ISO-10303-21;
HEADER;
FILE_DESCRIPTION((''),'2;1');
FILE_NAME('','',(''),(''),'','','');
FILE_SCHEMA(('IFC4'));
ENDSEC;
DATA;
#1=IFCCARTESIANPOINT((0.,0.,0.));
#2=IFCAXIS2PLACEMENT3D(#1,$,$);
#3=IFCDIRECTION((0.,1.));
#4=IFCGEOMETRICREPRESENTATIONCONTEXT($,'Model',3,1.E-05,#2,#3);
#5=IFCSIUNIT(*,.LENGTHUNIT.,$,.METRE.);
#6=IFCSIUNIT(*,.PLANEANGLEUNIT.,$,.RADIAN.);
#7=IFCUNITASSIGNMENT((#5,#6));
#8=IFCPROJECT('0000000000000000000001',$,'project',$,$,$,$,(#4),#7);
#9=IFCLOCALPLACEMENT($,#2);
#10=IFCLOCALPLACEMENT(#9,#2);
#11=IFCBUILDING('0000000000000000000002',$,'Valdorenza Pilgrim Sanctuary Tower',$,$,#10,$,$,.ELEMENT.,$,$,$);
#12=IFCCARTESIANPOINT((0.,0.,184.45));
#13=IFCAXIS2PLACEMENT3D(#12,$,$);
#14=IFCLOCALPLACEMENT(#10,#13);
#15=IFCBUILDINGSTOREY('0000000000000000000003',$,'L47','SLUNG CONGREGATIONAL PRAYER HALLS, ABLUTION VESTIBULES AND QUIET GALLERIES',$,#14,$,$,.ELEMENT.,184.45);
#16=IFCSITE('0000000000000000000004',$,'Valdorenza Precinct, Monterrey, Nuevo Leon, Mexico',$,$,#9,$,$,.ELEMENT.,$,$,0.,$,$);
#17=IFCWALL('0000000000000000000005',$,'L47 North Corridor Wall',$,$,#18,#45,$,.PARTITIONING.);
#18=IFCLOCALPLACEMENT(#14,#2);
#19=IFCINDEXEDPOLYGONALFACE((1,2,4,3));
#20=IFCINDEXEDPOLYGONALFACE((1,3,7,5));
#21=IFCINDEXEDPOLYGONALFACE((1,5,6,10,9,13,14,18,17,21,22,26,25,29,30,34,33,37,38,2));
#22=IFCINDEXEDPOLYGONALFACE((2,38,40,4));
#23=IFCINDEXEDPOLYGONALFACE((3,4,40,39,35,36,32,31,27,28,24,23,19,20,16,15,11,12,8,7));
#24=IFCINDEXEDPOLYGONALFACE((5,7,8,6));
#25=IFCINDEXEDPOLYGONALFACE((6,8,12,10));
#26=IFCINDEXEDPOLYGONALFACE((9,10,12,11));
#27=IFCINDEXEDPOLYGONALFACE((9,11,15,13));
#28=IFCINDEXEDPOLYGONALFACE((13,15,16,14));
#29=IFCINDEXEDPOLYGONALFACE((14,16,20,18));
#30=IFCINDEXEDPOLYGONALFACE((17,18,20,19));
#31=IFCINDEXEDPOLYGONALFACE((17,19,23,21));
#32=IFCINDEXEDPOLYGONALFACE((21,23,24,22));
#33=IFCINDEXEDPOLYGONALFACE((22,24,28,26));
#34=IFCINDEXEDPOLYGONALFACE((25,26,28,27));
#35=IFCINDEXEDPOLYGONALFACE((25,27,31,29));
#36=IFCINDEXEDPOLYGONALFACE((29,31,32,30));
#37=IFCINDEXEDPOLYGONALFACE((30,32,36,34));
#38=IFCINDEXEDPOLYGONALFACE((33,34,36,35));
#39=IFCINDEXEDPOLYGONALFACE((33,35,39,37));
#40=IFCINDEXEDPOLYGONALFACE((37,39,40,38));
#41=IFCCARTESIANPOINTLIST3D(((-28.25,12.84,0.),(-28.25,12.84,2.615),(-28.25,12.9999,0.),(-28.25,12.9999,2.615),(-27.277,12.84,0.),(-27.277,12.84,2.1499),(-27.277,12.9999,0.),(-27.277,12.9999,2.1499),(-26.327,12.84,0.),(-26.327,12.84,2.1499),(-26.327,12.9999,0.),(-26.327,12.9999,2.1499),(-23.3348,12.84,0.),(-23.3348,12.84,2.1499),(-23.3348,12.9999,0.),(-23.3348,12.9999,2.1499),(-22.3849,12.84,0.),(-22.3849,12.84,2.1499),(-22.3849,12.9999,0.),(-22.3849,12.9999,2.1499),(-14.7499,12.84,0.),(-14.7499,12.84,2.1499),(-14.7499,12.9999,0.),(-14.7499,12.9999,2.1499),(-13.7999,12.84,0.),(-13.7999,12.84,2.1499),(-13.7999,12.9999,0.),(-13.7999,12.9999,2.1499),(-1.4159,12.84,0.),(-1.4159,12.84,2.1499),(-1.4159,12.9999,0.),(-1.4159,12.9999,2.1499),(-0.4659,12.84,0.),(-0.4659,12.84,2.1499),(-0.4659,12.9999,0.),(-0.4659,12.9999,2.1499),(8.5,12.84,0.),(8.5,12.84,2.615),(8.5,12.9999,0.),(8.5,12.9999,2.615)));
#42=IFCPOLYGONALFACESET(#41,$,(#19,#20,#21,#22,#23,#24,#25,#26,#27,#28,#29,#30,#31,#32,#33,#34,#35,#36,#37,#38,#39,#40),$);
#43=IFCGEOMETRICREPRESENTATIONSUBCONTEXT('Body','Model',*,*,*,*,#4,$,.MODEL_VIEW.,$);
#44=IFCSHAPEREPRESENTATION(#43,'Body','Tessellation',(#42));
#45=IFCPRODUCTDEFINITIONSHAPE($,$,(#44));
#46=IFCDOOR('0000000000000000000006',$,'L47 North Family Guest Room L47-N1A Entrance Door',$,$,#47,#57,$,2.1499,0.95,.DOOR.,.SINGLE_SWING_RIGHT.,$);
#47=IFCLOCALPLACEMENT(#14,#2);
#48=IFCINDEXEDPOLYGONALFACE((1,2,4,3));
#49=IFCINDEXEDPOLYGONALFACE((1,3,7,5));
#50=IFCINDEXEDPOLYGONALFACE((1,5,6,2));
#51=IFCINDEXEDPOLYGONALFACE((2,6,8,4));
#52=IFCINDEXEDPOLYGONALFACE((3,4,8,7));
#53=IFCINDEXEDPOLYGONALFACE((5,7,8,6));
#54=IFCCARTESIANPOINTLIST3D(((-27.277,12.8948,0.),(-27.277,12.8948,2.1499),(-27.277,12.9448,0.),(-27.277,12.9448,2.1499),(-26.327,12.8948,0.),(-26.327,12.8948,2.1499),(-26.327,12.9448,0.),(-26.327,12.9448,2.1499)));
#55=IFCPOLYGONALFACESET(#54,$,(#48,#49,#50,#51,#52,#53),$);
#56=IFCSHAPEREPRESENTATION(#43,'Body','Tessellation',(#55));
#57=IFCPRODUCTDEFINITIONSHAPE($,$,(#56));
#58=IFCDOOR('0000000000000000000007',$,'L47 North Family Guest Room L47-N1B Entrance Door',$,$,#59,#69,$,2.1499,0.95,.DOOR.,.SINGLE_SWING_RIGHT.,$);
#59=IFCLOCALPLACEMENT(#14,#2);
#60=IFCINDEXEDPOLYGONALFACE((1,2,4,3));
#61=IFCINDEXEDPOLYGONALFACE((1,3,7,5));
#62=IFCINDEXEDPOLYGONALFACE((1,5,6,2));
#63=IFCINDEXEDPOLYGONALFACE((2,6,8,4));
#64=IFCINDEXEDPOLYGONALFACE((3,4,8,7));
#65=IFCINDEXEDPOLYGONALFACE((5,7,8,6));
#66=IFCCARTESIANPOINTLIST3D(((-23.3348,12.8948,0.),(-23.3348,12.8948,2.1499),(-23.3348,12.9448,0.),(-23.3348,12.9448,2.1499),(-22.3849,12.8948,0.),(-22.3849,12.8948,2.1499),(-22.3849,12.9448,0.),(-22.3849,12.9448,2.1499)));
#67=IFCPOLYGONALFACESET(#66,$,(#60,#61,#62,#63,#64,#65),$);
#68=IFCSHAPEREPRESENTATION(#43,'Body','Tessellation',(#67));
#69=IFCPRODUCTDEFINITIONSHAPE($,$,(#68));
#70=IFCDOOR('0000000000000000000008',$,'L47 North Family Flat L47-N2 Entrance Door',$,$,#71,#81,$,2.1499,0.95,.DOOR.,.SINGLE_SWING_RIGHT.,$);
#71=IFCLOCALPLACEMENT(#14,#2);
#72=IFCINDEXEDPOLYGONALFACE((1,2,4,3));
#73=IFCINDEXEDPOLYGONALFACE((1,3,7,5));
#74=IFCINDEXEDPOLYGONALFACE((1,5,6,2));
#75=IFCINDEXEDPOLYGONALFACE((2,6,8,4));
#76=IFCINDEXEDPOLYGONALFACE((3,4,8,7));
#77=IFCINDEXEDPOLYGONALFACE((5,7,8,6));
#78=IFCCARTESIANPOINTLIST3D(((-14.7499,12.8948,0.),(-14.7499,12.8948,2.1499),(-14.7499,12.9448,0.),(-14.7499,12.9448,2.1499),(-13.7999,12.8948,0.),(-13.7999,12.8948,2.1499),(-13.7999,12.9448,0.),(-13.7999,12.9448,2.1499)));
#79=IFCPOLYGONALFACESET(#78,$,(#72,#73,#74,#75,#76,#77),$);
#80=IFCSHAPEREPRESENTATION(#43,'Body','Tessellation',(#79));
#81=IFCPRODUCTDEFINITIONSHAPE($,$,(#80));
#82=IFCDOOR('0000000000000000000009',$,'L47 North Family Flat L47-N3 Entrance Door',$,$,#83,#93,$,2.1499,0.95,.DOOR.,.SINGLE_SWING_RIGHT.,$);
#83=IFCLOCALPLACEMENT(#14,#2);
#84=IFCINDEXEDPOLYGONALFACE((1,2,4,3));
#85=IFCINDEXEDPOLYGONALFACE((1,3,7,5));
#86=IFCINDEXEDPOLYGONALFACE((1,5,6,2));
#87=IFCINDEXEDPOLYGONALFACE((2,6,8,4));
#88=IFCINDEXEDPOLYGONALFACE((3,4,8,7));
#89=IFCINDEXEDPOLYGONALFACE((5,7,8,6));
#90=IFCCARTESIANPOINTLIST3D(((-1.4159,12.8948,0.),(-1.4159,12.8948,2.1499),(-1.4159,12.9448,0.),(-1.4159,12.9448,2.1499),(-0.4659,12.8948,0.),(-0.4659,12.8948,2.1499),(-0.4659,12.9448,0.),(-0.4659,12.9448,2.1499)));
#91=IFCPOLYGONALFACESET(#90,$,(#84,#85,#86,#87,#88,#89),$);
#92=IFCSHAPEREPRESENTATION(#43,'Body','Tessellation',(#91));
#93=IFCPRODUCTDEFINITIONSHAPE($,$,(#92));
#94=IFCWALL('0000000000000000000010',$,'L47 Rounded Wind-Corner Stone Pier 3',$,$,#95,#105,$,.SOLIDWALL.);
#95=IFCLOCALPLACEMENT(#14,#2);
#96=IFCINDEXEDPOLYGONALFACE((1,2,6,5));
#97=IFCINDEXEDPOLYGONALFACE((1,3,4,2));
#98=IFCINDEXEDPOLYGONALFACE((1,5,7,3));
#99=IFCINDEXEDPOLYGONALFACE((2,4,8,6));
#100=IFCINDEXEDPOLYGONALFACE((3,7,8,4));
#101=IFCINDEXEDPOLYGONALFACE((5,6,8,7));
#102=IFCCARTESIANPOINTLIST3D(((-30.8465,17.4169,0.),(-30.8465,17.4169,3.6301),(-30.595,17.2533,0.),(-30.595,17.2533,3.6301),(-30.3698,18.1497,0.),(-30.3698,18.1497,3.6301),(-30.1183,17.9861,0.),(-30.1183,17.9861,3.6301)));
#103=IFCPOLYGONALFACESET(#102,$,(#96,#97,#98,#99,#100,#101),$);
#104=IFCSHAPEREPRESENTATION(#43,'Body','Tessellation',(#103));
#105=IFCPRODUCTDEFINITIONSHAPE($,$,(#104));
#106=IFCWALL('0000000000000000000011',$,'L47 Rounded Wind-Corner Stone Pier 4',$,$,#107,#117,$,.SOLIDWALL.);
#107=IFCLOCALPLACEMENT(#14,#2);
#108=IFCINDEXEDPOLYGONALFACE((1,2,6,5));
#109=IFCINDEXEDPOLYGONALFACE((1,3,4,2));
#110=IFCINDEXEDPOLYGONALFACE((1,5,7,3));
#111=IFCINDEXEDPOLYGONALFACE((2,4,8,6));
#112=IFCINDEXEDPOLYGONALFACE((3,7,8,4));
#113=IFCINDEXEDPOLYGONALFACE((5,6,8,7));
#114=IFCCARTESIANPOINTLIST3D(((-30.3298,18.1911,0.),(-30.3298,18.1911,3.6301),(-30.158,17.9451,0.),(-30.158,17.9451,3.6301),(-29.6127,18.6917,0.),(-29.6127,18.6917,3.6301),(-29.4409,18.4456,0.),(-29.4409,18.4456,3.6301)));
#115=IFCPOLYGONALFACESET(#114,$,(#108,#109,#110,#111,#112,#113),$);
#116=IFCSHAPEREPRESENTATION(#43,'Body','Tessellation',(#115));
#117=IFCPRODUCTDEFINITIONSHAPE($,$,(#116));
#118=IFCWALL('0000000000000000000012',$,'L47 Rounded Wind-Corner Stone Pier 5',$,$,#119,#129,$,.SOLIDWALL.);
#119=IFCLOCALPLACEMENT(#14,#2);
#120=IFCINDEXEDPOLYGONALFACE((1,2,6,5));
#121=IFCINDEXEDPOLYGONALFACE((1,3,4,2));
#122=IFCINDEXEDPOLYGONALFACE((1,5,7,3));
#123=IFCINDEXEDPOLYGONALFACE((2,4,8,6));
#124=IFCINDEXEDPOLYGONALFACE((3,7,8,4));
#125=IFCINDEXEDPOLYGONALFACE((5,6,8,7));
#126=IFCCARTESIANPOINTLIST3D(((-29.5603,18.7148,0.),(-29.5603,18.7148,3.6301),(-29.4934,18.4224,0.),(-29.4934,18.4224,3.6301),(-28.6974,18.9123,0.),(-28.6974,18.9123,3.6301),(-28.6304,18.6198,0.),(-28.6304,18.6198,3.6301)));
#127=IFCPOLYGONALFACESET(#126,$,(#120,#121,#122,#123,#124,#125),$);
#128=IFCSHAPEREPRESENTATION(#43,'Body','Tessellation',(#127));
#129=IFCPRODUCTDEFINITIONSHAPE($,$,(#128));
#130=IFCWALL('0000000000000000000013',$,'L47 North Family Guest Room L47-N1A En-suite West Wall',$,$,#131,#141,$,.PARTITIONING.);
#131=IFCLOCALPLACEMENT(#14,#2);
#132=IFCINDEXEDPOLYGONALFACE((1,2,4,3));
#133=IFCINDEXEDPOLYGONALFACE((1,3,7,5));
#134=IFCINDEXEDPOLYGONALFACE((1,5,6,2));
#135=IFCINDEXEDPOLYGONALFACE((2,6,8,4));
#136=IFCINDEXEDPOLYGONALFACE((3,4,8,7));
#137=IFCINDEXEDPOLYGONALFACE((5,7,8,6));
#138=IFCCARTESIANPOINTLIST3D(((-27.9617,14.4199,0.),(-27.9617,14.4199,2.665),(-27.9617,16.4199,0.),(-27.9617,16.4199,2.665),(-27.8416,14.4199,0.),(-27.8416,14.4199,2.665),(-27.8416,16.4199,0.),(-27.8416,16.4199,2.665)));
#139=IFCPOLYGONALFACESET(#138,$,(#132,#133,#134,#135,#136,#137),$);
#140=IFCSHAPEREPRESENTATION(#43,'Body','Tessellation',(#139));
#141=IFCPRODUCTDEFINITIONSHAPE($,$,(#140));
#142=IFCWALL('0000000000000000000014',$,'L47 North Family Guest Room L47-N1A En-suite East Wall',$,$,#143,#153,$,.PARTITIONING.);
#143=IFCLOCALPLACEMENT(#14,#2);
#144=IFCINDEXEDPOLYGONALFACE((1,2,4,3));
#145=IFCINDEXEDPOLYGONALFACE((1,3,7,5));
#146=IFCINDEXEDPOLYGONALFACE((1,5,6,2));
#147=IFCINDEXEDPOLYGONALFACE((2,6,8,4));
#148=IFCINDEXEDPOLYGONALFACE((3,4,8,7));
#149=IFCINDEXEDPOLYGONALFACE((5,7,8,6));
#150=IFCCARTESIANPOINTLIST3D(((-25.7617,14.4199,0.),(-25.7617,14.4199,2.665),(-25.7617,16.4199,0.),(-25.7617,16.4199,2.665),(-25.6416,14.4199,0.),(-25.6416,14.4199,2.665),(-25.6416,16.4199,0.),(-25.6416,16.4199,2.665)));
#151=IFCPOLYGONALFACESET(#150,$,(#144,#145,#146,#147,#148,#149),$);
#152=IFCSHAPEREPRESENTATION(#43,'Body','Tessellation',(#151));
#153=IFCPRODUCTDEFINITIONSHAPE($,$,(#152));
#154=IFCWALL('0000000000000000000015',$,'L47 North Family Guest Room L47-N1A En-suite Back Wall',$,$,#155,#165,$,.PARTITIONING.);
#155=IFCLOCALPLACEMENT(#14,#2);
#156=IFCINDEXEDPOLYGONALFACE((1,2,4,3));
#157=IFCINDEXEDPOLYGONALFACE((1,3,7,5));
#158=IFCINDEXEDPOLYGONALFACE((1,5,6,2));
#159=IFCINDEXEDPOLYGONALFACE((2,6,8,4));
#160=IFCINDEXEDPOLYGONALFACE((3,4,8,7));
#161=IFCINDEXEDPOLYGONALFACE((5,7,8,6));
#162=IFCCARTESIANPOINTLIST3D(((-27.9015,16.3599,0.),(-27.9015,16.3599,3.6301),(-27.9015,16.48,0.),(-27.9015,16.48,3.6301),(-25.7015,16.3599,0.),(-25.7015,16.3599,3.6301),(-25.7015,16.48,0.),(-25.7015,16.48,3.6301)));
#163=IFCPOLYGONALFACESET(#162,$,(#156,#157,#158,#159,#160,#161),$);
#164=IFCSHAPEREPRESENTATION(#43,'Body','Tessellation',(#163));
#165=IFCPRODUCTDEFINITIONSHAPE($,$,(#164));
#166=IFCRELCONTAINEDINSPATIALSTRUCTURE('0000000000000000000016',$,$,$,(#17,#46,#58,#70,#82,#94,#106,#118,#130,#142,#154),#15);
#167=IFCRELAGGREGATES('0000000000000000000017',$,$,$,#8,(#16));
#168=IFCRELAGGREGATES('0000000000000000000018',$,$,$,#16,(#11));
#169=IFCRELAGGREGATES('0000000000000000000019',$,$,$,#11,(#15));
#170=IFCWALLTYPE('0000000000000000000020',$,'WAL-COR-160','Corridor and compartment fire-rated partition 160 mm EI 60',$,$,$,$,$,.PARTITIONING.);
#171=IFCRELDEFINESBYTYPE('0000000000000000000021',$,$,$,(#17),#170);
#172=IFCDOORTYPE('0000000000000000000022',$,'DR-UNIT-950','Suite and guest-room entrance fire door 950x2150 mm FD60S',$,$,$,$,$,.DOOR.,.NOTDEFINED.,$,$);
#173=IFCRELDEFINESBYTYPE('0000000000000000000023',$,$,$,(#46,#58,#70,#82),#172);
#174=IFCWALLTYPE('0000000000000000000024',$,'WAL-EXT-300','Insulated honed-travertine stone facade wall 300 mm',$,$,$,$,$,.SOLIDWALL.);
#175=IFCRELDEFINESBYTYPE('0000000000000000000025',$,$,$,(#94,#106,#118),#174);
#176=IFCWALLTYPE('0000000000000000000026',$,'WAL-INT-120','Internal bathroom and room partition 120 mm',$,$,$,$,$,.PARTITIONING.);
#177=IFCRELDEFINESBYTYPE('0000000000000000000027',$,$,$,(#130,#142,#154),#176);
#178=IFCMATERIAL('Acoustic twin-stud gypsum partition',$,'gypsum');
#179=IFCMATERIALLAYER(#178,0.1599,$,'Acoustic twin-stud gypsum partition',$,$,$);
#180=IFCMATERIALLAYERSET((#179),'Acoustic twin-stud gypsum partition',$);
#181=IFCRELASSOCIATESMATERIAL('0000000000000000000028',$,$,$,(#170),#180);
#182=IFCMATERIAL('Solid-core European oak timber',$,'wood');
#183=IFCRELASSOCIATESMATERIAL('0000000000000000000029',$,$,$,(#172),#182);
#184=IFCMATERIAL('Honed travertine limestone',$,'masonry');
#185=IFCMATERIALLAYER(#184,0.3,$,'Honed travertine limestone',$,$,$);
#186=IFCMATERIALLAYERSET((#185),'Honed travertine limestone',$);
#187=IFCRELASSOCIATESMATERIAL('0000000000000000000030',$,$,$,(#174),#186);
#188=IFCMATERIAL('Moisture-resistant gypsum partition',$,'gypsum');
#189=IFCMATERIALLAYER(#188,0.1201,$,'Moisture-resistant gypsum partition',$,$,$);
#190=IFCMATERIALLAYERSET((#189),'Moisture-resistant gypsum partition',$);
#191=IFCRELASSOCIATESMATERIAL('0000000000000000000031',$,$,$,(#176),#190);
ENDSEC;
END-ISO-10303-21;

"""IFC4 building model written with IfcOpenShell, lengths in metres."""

from ifc_helpers import new_model, si_unit, direction, frame, frame_2d, origin, place, context, subcontext, project, spatial, rectangle, extrude, material, layer, layer_set, type_object, element, fill, save


model = new_model("IFC4")

# Units and contexts
model_context = context("Model", 3, precision=1e-05, world=origin(), true_north=direction((0.0, 1.0)))
body_context = subcontext(model_context, "Body", "Model", "MODEL_VIEW")
ifc_project = project(units=[si_unit("LENGTHUNIT", "METRE"), si_unit("PLANEANGLEUNIT", "RADIAN")], contexts=[model_context])

# Site, building, storey
site_placement = place(None, origin())
site = spatial("IfcSite", under=ifc_project, at=site_placement, Name="Valdorenza Precinct, Monterrey, Nuevo Leon, Mexico", CompositionType="ELEMENT", RefElevation=0.0)
building_placement = place(site_placement, origin())
building = spatial("IfcBuilding", under=site, at=building_placement, Name="Valdorenza Pilgrim Sanctuary Tower", CompositionType="ELEMENT")
storey_placement = place(building_placement, frame((0.0, 0.0, 184.45)))
storey = spatial("IfcBuildingStorey", under=building, at=storey_placement, Name="L47", Description="SLUNG CONGREGATIONAL PRAYER HALLS, ABLUTION VESTIBULES AND QUIET GALLERIES", CompositionType="ELEMENT", Elevation=184.45)

# Shared definitions
ifc_material_1 = material(Name="Honed travertine limestone", Category="masonry")

# Wall, openings, doors
ifc_material_2 = material(Name="Acoustic twin-stud gypsum partition", Category="gypsum")
ifc_layer_1 = layer(ifc_material_2, 0.1599, Name="Acoustic twin-stud gypsum partition")
ifc_layer_set_1 = layer_set([ifc_layer_1], Name="Acoustic twin-stud gypsum partition")
wall_type_1 = type_object("IfcWallType", Name="WAL-COR-160", Description="Corridor and compartment fire-rated partition 160 mm EI 60", PredefinedType="PARTITIONING", material=ifc_layer_set_1)
wall_1_placement = place(storey_placement, frame((-28.25, 12.9199, 0.0), z_axis=(0.0, 0.0, 1.0), x_axis=(1.0, 0.0, 0.0)))
wall_1 = element("IfcWall", 1, at=wall_1_placement, inside=storey, type_object=wall_type_1, Name="L47 North Corridor Wall", PredefinedType="PARTITIONING", context=body_context, shape_type="SweptSolid", body=[
    extrude(rectangle(XDim=36.75, YDim=0.1599, at=frame_2d((18.375, 0.0))), origin(), (0.0, 0.0, 1.0), 2.615),
])
opening_1_placement = place(wall_1_placement, frame((0.9729, 0.0, 0.0)))
opening_1 = element("IfcOpeningElement", 2, at=opening_1_placement, cuts=wall_1, PredefinedType="OPENING", context=body_context, shape_type="SweptSolid", body=[
    extrude(rectangle(XDim=0.95, YDim=2.1499, at=frame_2d((0.4751, 1.075))), frame((0.0, 0.0947, 0.0), z_axis=(0.0, -1.0, 0.0), x_axis=(1.0, 0.0, 0.0)), (0.0, 0.0, 1.0), 0.1897),
])
opening_2_placement = place(wall_1_placement, frame((4.915, 0.0, 0.0)))
opening_2 = element("IfcOpeningElement", 3, at=opening_2_placement, cuts=wall_1, PredefinedType="OPENING", context=body_context, shape_type="SweptSolid", body=[
    extrude(rectangle(XDim=0.95, YDim=2.1499, at=frame_2d((0.4751, 1.075))), frame((0.0, 0.0947, 0.0), z_axis=(0.0, -1.0, 0.0), x_axis=(1.0, 0.0, 0.0)), (0.0, 0.0, 1.0), 0.1897),
])
opening_3_placement = place(wall_1_placement, frame((13.5, 0.0, 0.0)))
opening_3 = element("IfcOpeningElement", 4, at=opening_3_placement, cuts=wall_1, PredefinedType="OPENING", context=body_context, shape_type="SweptSolid", body=[
    extrude(rectangle(XDim=0.95, YDim=2.1499, at=frame_2d((0.4751, 1.075))), frame((0.0, 0.0947, 0.0), z_axis=(0.0, -1.0, 0.0), x_axis=(1.0, 0.0, 0.0)), (0.0, 0.0, 1.0), 0.1897),
])
opening_4_placement = place(wall_1_placement, frame((26.834, 0.0, 0.0)))
opening_4 = element("IfcOpeningElement", 5, at=opening_4_placement, cuts=wall_1, PredefinedType="OPENING", context=body_context, shape_type="SweptSolid", body=[
    extrude(rectangle(XDim=0.95, YDim=2.1499, at=frame_2d((0.4751, 1.075))), frame((0.0, 0.0947, 0.0), z_axis=(0.0, -1.0, 0.0), x_axis=(1.0, 0.0, 0.0)), (0.0, 0.0, 1.0), 0.1897),
])
ifc_material_3 = material(Name="Solid-core European oak timber", Category="wood")
door_type_1 = type_object("IfcDoorType", Name="DR-UNIT-950", Description="Suite and guest-room entrance fire door 950x2150 mm FD60S", OperationType="NOTDEFINED", PredefinedType="DOOR", material=ifc_material_3)
door_1_placement = place(opening_1_placement, origin())
door_1 = element("IfcDoor", 6, at=door_1_placement, inside=storey, type_object=door_type_1, Name="L47 North Family Guest Room L47-N1A Entrance Door", OperationType="SINGLE_SWING_RIGHT", OverallHeight=2.1499, OverallWidth=0.95, PredefinedType="DOOR", context=body_context, shape_type="SweptSolid", body=[
    extrude(rectangle(XDim=0.95, YDim=2.1499, at=frame_2d((0.4751, 1.075))), frame((0.0, 0.0249, 0.0), z_axis=(0.0, -1.0, 0.0), x_axis=(1.0, 0.0, 0.0)), (0.0, 0.0, 1.0), 0.05),
])
fill(opening_1, door_1)
door_2_placement = place(opening_2_placement, origin())
door_2 = element("IfcDoor", 7, at=door_2_placement, inside=storey, type_object=door_type_1, Name="L47 North Family Guest Room L47-N1B Entrance Door", OperationType="SINGLE_SWING_RIGHT", OverallHeight=2.1499, OverallWidth=0.95, PredefinedType="DOOR", context=body_context, shape_type="SweptSolid", body=[
    extrude(rectangle(XDim=0.95, YDim=2.1499, at=frame_2d((0.4751, 1.075))), frame((0.0, 0.0249, 0.0), z_axis=(0.0, -1.0, 0.0), x_axis=(1.0, 0.0, 0.0)), (0.0, 0.0, 1.0), 0.05),
])
fill(opening_2, door_2)
door_3_placement = place(opening_3_placement, origin())
door_3 = element("IfcDoor", 8, at=door_3_placement, inside=storey, type_object=door_type_1, Name="L47 North Family Flat L47-N2 Entrance Door", OperationType="SINGLE_SWING_RIGHT", OverallHeight=2.1499, OverallWidth=0.95, PredefinedType="DOOR", context=body_context, shape_type="SweptSolid", body=[
    extrude(rectangle(XDim=0.95, YDim=2.1499, at=frame_2d((0.4751, 1.075))), frame((0.0, 0.0249, 0.0), z_axis=(0.0, -1.0, 0.0), x_axis=(1.0, 0.0, 0.0)), (0.0, 0.0, 1.0), 0.05),
])
fill(opening_3, door_3)
door_4_placement = place(opening_4_placement, origin())
door_4 = element("IfcDoor", 9, at=door_4_placement, inside=storey, type_object=door_type_1, Name="L47 North Family Flat L47-N3 Entrance Door", OperationType="SINGLE_SWING_RIGHT", OverallHeight=2.1499, OverallWidth=0.95, PredefinedType="DOOR", context=body_context, shape_type="SweptSolid", body=[
    extrude(rectangle(XDim=0.95, YDim=2.1499, at=frame_2d((0.4751, 1.075))), frame((0.0, 0.0249, 0.0), z_axis=(0.0, -1.0, 0.0), x_axis=(1.0, 0.0, 0.0)), (0.0, 0.0, 1.0), 0.05),
])
fill(opening_4, door_4)

# Walls
ifc_layer_2 = layer(ifc_material_1, 0.3, Name="Honed travertine limestone")
ifc_layer_set_2 = layer_set([ifc_layer_2], Name="Honed travertine limestone")
wall_type_2 = type_object("IfcWallType", Name="WAL-EXT-300", Description="Insulated honed-travertine stone facade wall 300 mm", PredefinedType="SOLIDWALL", material=ifc_layer_set_2)
wall_2_placement = place(storey_placement, frame((-30.7207, 17.3352, 0.0), z_axis=(0.0, 0.0, 1.0), x_axis=(0.545322, 0.838227, 0.0)))
element("IfcWall", 10, at=wall_2_placement, inside=storey, type_object=wall_type_2, Name="L47 Rounded Wind-Corner Stone Pier 3", PredefinedType="SOLIDWALL", context=body_context, shape_type="SweptSolid", body=[
    extrude(rectangle(XDim=0.8743, YDim=0.3, at=frame_2d((0.437, 0.0))), origin(), (0.0, 0.0, 1.0), 3.6301),
])
wall_3_placement = place(storey_placement, frame((-30.2439, 18.0681, 0.0), z_axis=(0.0, 0.0, 1.0), x_axis=(0.820005, 0.572356, 0.0)))
element("IfcWall", 11, at=wall_3_placement, inside=storey, type_object=wall_type_2, Name="L47 Rounded Wind-Corner Stone Pier 4", PredefinedType="SOLIDWALL", context=body_context, shape_type="SweptSolid", body=[
    extrude(rectangle(XDim=0.8745, YDim=0.3, at=frame_2d((0.4373, 0.0))), origin(), (0.0, 0.0, 1.0), 3.6301),
])
wall_4_placement = place(storey_placement, frame((-29.5269, 18.5686, 0.0), z_axis=(0.0, 0.0, 1.0), x_axis=(0.974799, 0.223087, 0.0)))
element("IfcWall", 12, at=wall_4_placement, inside=storey, type_object=wall_type_2, Name="L47 Rounded Wind-Corner Stone Pier 5", PredefinedType="SOLIDWALL", context=body_context, shape_type="SweptSolid", body=[
    extrude(rectangle(XDim=0.8853, YDim=0.3, at=frame_2d((0.4426, 0.0))), origin(), (0.0, 0.0, 1.0), 3.6301),
])
ifc_material_4 = material(Name="Moisture-resistant gypsum partition", Category="gypsum")
ifc_layer_3 = layer(ifc_material_4, 0.1201, Name="Moisture-resistant gypsum partition")
ifc_layer_set_3 = layer_set([ifc_layer_3], Name="Moisture-resistant gypsum partition")
wall_type_3 = type_object("IfcWallType", Name="WAL-INT-120", Description="Internal bathroom and room partition 120 mm", PredefinedType="PARTITIONING", material=ifc_layer_set_3)
for number, where, z_axis, x_axis, name in (
    (13, (-27.9016, 14.4199, 0.0), (0.0, 0.0, 1.0), (0.0, 1.0, 0.0), "L47 North Family Guest Room L47-N1A En-suite West Wall"),
    (14, (-25.7017, 14.4199, 0.0), (0.0, 0.0, 1.0), (0.0, 1.0, 0.0), "L47 North Family Guest Room L47-N1A En-suite East Wall"),
):
    element("IfcWall", number, at=place(storey_placement, frame(where, z_axis=z_axis, x_axis=x_axis)), inside=storey, type_object=wall_type_3, Name=name, PredefinedType="PARTITIONING", context=body_context, shape_type="SweptSolid", body=[
        extrude(rectangle(XDim=2.0, YDim=0.1201, at=frame_2d((1.0, 0.0))), origin(), (0.0, 0.0, 1.0), 2.665),
    ])
wall_5_placement = place(storey_placement, frame((-27.9016, 16.4199, 0.0), z_axis=(0.0, 0.0, 1.0), x_axis=(1.0, 0.0, 0.0)))
element("IfcWall", 15, at=wall_5_placement, inside=storey, type_object=wall_type_3, Name="L47 North Family Guest Room L47-N1A En-suite Back Wall", PredefinedType="PARTITIONING", context=body_context, shape_type="SweptSolid", body=[
    extrude(rectangle(XDim=2.2, YDim=0.1201, at=frame_2d((1.1001, 0.0))), origin(), (0.0, 0.0, 1.0), 3.6301),
])

save(model, "model.ifc")
